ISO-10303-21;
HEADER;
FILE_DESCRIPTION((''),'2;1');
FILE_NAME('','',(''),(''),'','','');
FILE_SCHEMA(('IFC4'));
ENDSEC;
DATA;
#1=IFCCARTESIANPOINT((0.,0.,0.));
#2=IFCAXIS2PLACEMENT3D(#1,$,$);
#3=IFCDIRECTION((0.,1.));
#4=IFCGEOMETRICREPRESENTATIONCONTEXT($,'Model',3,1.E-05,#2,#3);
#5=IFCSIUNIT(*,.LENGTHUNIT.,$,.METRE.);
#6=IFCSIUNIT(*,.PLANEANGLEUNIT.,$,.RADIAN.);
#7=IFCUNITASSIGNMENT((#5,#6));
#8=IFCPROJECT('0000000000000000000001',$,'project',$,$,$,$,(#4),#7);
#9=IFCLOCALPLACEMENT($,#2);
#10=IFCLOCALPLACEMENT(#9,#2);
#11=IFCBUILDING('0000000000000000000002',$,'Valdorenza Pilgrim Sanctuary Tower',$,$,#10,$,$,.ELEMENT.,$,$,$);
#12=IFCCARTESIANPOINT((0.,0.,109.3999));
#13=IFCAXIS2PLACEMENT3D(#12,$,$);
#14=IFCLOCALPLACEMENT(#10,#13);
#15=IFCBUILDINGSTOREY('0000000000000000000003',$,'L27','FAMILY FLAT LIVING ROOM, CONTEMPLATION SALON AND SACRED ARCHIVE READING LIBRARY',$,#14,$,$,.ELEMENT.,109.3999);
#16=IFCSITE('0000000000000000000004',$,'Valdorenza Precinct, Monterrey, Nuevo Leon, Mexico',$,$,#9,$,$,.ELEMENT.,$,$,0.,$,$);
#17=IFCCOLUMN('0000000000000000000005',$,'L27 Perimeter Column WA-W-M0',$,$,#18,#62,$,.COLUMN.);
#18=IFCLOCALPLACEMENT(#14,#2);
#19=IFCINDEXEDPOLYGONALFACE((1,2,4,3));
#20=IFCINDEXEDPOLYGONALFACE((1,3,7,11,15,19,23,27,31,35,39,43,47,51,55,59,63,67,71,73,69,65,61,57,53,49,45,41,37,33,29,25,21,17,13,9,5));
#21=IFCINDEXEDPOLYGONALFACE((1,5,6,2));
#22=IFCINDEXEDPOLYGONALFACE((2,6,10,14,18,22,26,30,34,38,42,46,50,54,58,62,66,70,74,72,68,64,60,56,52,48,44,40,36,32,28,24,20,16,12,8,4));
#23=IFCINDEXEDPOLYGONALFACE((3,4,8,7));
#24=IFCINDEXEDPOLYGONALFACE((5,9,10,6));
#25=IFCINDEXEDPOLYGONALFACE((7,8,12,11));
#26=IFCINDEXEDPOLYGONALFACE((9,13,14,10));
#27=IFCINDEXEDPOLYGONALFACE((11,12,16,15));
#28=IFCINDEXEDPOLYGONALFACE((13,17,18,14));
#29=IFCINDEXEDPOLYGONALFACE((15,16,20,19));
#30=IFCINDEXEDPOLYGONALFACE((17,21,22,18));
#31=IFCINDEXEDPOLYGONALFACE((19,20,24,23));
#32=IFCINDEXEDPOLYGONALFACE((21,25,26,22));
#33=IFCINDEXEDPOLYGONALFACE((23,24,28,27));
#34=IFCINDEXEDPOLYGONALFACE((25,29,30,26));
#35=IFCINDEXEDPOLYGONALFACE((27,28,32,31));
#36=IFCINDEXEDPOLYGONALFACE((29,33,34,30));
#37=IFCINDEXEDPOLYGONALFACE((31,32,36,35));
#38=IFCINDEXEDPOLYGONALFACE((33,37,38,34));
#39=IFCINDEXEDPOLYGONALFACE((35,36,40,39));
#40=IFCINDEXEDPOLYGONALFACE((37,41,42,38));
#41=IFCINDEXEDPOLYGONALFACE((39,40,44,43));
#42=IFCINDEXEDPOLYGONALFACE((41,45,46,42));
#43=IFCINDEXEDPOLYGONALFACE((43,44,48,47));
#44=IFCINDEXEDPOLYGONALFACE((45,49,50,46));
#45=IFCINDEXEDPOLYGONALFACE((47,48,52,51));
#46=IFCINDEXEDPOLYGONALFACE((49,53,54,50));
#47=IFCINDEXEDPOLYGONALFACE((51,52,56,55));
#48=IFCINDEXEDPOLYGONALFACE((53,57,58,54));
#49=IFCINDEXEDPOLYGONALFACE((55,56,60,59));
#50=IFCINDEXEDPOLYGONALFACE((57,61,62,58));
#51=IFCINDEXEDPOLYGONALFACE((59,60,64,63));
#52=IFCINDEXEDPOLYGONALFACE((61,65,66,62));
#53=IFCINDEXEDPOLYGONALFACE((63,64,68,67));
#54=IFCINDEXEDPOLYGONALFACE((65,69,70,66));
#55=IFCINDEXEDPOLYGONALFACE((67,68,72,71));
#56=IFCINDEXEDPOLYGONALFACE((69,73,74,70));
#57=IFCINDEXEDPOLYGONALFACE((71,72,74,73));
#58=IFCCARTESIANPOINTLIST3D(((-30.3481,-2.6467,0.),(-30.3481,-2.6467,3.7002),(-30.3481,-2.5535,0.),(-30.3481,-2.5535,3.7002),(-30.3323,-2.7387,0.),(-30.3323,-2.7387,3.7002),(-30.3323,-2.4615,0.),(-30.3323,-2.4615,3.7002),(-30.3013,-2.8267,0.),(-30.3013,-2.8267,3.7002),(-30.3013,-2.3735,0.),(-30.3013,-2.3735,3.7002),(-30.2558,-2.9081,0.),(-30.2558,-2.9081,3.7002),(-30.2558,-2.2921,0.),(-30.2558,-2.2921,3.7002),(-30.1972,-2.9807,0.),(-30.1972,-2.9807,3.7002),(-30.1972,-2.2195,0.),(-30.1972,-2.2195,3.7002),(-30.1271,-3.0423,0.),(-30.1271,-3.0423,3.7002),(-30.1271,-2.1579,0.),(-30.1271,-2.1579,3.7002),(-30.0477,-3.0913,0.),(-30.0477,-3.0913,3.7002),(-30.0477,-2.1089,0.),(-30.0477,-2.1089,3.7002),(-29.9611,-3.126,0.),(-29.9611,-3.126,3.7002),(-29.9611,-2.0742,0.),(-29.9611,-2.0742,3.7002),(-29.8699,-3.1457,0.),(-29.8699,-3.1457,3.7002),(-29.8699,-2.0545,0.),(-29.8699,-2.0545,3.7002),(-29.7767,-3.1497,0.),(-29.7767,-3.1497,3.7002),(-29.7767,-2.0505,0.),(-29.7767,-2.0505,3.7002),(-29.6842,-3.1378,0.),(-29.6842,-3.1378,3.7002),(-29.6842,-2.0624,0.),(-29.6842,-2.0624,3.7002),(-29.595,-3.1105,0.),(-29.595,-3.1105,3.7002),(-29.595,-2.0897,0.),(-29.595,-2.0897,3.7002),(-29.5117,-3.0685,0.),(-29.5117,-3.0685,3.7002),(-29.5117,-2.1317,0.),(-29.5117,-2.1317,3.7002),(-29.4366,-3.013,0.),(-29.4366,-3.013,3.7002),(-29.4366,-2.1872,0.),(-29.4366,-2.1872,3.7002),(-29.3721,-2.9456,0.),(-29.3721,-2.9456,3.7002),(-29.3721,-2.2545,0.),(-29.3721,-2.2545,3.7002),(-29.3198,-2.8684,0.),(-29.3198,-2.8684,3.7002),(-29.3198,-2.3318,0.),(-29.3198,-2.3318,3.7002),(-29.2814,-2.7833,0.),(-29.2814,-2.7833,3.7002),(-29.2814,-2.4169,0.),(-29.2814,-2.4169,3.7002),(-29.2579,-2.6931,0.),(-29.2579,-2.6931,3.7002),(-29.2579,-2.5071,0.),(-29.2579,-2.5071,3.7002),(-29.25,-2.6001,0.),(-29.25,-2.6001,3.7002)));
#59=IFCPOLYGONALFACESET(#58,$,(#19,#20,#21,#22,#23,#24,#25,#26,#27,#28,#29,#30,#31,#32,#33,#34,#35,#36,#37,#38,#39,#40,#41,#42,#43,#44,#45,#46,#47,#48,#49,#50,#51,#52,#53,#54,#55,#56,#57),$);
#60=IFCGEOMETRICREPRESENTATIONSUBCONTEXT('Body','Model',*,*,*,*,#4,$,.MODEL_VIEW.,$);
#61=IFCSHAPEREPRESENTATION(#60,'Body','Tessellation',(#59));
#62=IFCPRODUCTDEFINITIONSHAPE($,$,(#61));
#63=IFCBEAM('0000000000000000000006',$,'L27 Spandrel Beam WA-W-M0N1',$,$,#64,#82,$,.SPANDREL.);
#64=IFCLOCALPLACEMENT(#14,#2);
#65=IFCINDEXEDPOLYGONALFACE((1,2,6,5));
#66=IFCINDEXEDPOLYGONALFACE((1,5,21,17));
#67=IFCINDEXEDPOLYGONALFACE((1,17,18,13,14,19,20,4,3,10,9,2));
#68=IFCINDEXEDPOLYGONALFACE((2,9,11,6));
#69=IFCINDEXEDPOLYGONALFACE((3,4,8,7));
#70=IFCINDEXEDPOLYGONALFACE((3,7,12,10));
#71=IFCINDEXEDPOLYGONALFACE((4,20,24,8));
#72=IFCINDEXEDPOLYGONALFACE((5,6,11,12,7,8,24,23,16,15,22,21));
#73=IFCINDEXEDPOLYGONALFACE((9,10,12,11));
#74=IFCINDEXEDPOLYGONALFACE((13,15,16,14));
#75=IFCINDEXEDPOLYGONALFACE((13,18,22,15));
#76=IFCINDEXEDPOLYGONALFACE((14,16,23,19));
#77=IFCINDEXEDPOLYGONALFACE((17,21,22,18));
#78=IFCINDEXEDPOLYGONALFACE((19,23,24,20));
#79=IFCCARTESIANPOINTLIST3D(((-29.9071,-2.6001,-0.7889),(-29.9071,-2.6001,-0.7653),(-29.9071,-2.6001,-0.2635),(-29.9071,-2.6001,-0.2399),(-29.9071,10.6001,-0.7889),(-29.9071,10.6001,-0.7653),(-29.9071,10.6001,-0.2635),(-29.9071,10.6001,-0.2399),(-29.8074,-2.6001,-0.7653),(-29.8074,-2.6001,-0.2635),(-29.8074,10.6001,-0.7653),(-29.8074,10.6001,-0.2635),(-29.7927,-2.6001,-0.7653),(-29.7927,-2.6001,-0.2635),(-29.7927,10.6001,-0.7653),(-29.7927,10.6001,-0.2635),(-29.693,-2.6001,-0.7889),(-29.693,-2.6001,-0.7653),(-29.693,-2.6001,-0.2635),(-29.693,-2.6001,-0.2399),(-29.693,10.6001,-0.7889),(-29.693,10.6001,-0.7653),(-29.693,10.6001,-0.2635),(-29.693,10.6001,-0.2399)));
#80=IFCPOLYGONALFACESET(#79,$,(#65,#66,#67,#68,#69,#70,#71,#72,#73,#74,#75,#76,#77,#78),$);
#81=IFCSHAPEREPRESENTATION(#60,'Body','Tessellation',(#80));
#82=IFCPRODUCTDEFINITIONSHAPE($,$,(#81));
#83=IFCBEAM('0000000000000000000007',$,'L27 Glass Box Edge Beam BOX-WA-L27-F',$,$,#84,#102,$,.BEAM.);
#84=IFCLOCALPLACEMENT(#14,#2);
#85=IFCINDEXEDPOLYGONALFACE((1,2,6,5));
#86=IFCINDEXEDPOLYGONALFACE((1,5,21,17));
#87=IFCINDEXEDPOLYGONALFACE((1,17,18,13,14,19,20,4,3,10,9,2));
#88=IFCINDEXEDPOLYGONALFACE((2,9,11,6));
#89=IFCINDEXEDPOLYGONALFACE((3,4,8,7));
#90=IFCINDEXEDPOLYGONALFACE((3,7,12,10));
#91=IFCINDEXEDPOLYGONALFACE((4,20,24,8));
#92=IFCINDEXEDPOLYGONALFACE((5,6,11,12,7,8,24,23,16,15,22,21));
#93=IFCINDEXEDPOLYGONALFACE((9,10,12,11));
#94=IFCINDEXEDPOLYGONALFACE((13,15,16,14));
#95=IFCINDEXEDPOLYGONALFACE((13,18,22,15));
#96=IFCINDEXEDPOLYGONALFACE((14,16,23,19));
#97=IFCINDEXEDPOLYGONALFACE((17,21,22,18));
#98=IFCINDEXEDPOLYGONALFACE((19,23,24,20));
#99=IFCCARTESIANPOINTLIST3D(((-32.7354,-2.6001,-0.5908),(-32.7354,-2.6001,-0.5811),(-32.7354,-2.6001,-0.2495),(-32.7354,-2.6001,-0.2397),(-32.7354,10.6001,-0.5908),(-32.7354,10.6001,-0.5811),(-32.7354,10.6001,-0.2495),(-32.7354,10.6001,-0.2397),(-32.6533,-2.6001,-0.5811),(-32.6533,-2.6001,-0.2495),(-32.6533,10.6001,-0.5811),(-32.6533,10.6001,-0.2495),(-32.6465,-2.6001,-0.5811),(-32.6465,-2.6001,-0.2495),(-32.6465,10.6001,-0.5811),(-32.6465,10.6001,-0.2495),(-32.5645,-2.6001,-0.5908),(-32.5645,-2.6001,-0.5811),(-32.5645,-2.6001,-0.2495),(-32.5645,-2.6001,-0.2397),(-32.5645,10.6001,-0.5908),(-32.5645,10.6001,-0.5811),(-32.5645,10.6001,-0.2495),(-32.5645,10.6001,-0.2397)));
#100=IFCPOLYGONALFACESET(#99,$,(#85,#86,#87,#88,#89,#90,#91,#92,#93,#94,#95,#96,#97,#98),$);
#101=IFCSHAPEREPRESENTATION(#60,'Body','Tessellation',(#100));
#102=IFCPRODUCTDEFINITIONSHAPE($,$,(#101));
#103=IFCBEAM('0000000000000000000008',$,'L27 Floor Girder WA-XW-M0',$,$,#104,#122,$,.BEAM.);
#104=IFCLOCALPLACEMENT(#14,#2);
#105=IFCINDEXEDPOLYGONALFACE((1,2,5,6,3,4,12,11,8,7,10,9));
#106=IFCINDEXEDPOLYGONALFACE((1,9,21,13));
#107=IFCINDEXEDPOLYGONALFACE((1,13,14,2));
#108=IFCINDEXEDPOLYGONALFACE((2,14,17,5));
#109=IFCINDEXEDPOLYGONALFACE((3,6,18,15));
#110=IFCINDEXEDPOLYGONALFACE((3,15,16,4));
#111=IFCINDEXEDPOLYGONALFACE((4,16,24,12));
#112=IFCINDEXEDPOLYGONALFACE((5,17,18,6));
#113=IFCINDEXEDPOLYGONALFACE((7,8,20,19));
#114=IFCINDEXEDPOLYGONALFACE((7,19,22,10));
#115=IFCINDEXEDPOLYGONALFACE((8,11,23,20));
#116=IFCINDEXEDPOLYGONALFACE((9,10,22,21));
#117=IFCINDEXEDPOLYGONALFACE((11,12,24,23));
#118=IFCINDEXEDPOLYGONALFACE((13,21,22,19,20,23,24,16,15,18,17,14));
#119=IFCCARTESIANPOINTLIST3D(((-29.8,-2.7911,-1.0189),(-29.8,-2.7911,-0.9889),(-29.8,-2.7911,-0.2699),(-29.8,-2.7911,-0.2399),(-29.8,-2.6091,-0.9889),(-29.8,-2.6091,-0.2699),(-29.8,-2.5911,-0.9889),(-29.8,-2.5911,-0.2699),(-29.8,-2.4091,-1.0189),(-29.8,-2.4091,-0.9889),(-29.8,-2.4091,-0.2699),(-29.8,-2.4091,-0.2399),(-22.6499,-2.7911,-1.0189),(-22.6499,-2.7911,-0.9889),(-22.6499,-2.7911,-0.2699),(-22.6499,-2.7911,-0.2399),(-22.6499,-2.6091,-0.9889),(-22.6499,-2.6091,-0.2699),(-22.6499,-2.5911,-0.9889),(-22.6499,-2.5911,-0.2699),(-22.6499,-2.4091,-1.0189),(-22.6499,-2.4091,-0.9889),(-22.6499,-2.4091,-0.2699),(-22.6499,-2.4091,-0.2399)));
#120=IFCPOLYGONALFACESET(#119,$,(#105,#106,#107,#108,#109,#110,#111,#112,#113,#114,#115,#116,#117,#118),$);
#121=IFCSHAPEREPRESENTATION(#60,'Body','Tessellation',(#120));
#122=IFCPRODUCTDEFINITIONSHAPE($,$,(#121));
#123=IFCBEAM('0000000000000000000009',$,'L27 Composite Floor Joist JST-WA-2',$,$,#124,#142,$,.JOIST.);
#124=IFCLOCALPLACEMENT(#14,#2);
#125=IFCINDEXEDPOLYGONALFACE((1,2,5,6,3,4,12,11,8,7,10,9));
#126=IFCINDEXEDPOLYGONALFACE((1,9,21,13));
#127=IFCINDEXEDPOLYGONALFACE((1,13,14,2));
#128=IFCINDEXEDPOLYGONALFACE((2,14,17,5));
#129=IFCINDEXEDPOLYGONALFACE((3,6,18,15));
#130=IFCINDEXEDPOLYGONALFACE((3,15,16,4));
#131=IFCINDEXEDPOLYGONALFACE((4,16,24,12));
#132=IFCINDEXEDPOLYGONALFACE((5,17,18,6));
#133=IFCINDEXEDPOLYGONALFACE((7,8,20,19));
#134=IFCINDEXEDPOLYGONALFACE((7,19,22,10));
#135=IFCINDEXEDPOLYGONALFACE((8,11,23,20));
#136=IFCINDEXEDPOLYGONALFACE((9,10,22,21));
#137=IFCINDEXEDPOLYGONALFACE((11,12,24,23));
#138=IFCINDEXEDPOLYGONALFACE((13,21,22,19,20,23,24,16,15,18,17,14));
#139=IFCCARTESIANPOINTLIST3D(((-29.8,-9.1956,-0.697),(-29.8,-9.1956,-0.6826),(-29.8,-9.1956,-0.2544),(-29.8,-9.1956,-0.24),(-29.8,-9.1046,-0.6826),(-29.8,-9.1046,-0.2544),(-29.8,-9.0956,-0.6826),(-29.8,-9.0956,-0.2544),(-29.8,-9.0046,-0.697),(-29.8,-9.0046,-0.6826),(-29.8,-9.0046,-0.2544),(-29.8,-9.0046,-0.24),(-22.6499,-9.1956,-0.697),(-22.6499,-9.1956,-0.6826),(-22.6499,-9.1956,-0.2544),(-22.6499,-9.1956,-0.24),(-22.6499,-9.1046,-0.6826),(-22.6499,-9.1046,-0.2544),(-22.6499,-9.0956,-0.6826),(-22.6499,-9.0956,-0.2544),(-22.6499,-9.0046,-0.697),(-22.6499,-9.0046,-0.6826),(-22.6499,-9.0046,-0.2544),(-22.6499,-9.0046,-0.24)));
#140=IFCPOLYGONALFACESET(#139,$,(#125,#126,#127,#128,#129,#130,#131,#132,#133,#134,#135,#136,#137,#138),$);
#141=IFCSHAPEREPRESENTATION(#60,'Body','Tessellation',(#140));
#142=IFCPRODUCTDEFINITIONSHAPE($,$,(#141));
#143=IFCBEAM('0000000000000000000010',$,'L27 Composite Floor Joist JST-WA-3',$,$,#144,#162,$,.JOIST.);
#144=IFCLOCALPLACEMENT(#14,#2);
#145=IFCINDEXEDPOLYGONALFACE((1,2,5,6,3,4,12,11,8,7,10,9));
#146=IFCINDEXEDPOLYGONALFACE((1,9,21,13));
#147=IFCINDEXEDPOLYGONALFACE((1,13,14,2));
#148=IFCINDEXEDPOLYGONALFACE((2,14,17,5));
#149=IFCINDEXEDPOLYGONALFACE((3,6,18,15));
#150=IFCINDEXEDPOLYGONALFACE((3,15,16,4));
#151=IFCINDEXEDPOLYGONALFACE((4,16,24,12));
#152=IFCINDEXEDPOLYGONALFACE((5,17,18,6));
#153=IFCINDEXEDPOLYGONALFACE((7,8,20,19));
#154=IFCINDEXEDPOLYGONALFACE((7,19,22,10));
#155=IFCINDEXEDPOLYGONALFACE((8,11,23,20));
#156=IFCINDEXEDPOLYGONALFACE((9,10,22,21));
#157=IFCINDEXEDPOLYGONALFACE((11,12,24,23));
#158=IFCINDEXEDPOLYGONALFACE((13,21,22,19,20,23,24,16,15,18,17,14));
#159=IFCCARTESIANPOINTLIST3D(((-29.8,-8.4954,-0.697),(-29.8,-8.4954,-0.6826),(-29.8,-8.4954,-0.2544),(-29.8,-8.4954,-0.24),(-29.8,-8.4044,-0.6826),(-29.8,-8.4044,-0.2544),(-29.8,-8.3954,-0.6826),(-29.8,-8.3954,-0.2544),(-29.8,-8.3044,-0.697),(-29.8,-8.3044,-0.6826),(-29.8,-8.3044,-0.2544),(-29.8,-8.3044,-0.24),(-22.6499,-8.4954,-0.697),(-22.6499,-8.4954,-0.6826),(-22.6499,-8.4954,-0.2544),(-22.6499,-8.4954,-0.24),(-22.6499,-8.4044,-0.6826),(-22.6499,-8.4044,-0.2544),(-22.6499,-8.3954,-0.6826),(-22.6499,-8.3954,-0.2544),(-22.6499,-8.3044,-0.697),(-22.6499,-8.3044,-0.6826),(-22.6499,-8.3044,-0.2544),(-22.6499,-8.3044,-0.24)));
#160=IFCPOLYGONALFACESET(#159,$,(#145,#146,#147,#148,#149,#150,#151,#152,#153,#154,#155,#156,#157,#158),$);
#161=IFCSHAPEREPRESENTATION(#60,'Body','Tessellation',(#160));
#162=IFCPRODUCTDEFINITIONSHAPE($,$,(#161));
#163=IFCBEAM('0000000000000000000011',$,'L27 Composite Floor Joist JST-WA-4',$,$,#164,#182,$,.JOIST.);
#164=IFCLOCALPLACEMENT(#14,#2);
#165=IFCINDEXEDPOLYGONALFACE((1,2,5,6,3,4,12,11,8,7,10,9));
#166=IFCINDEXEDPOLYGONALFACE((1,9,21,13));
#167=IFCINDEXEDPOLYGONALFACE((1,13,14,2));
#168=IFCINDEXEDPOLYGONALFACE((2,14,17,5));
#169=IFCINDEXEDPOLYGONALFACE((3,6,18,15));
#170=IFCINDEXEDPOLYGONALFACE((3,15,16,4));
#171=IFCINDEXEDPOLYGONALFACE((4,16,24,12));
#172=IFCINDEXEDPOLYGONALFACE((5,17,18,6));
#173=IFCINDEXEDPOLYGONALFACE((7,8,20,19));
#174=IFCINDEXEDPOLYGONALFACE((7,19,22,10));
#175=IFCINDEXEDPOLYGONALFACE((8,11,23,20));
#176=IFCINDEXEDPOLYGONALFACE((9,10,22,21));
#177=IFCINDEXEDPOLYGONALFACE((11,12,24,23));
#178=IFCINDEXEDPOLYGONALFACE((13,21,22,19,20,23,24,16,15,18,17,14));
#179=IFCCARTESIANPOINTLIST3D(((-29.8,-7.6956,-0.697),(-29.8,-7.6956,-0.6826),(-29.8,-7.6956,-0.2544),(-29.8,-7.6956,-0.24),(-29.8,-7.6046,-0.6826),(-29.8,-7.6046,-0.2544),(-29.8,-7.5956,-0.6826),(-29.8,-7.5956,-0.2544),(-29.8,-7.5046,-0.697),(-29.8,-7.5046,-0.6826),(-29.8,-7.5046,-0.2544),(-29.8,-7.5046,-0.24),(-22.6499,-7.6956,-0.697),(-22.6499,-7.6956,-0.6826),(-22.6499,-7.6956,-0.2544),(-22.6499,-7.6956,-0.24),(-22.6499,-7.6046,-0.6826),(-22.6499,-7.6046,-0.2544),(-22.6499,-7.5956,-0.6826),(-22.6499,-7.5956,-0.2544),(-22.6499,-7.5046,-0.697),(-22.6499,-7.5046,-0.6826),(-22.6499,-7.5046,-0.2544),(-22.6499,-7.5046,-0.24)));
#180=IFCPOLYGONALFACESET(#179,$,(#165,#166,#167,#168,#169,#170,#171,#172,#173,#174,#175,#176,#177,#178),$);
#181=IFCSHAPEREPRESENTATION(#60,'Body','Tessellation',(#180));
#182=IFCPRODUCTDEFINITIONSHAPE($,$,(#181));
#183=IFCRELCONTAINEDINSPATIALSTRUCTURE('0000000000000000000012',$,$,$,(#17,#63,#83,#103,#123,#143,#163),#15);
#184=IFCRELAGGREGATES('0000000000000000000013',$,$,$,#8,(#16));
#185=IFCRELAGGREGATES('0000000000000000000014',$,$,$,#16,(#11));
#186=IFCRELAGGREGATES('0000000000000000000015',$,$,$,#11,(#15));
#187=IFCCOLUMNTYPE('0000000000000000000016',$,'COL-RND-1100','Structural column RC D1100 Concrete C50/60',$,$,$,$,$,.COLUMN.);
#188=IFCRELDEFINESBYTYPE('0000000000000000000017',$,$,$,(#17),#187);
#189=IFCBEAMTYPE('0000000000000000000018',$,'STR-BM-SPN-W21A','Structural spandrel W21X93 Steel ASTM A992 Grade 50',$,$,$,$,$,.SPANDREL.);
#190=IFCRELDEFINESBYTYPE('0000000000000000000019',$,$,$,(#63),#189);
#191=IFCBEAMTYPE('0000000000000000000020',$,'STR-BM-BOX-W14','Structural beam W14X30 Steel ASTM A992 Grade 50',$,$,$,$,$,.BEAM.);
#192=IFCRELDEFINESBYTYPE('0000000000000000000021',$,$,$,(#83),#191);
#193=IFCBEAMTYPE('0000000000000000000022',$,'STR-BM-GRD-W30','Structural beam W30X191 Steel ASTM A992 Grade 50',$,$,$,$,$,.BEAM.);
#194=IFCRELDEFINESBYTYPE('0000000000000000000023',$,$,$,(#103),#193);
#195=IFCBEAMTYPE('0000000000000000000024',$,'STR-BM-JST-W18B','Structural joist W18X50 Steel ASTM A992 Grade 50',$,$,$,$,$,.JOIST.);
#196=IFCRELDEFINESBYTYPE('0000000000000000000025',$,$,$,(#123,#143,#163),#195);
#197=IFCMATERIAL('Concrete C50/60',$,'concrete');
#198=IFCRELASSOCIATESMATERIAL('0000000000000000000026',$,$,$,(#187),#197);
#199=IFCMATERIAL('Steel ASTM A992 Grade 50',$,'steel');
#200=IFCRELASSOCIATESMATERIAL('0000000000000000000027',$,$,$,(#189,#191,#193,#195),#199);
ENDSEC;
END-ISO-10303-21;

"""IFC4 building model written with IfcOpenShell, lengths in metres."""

from ifc_helpers import new_model, si_unit, direction, frame, origin, origin_2d, place, context, subcontext, project, spatial, circle, i_section, extrude, source, transform, mapped, material, material_profile, profile_set, type_object, element, save


model = new_model("IFC4")

# Units and contexts
model_context = context("Model", 3, precision=1e-05, world=origin(), true_north=direction((0.0, 1.0)))
body_context = subcontext(model_context, "Body", "Model", "MODEL_VIEW")
ifc_project = project(units=[si_unit("LENGTHUNIT", "METRE"), si_unit("PLANEANGLEUNIT", "RADIAN")], contexts=[model_context])

# Site, building, storey
site_placement = place(None, origin())
site = spatial("IfcSite", under=ifc_project, at=site_placement, Name="Valdorenza Precinct, Monterrey, Nuevo Leon, Mexico", CompositionType="ELEMENT", RefElevation=0.0)
building_placement = place(site_placement, origin())
building = spatial("IfcBuilding", under=site, at=building_placement, Name="Valdorenza Pilgrim Sanctuary Tower", CompositionType="ELEMENT")
storey_placement = place(building_placement, frame((0.0, 0.0, 109.3999)))
storey = spatial("IfcBuildingStorey", under=building, at=storey_placement, Name="L27", Description="FAMILY FLAT LIVING ROOM, CONTEMPLATION SALON AND SACRED ARCHIVE READING LIBRARY", CompositionType="ELEMENT", Elevation=109.3999)

# Column
ifc_material_1 = material(Name="Concrete C50/60", Category="concrete")
ifc_material_profile_1 = material_profile(ifc_material_1, circle(Radius=0.55, at=origin_2d()), Name="RC D1100")
ifc_profile_set_1 = profile_set([ifc_material_profile_1], Name="Concrete C50/60")
column_type = type_object("IfcColumnType", Name="COL-RND-1100", Description="Structural column RC D1100 Concrete C50/60", PredefinedType="COLUMN", material=ifc_profile_set_1)
shared_shape_1 = source(origin(), body_context, "Body", "SweptSolid", [
    extrude(circle(Radius=0.55, at=origin_2d()), origin(), (0.0, 0.0, 1.0), 3.7002),
])
column_placement = place(storey_placement, frame((-29.8, -2.6001, 0.0), z_axis=(0.0, 0.0, 1.0), x_axis=(1.0, 0.0, 0.0)))
element("IfcColumn", 1, at=column_placement, inside=storey, type_object=column_type, Name="L27 Perimeter Column WA-W-M0", PredefinedType="COLUMN", context=body_context, shape_type="MappedRepresentation", body=[
    mapped(shared_shape_1, transform((0.0, 0.0, 0.0), x_axis=(1.0, 0.0, 0.0), y_axis=(0.0, 1.0, 0.0), z_axis=(0.0, 0.0, 1.0), scale=1.0)),
])

# Beams
ifc_material_2 = material(Name="Steel ASTM A992 Grade 50", Category="steel")
ifc_material_profile_2 = material_profile(ifc_material_2, i_section(OverallWidth=0.2141, OverallDepth=0.5491, WebThickness=0.0146, FlangeThickness=0.0237, at=origin_2d()), Name="W21X93")
ifc_profile_set_2 = profile_set([ifc_material_profile_2], Name="Steel ASTM A992 Grade 50")
beam_type_1 = type_object("IfcBeamType", Name="STR-BM-SPN-W21A", Description="Structural spandrel W21X93 Steel ASTM A992 Grade 50", PredefinedType="SPANDREL", material=ifc_profile_set_2)
shared_shape_2 = source(origin(), body_context, "Body", "SweptSolid", [
    extrude(i_section(OverallWidth=0.2141, OverallDepth=0.5491, WebThickness=0.0146, FlangeThickness=0.0237, at=origin_2d()), origin(), (0.0, 0.0, 1.0), 13.2002),
])
beam_1_placement = place(storey_placement, frame((-29.8, -2.6001, -0.5144), z_axis=(0.0, 1.0, 0.0), x_axis=(-1.0, 0.0, 0.0)))
element("IfcBeam", 2, at=beam_1_placement, inside=storey, type_object=beam_type_1, Name="L27 Spandrel Beam WA-W-M0N1", PredefinedType="SPANDREL", context=body_context, shape_type="MappedRepresentation", body=[
    mapped(shared_shape_2, transform((0.0, 0.0, 0.0), x_axis=(1.0, 0.0, 0.0), y_axis=(0.0, 1.0, 0.0), z_axis=(0.0, 0.0, 1.0), scale=1.0)),
])
ifc_material_profile_3 = material_profile(ifc_material_2, i_section(OverallWidth=0.1709, OverallDepth=0.3511, WebThickness=0.0068, FlangeThickness=0.0098, at=origin_2d()), Name="W14X30")
ifc_profile_set_3 = profile_set([ifc_material_profile_3], Name="Steel ASTM A992 Grade 50")
beam_type_2 = type_object("IfcBeamType", Name="STR-BM-BOX-W14", Description="Structural beam W14X30 Steel ASTM A992 Grade 50", PredefinedType="BEAM", material=ifc_profile_set_3)
shared_shape_3 = source(origin(), body_context, "Body", "SweptSolid", [
    extrude(i_section(OverallWidth=0.1709, OverallDepth=0.3511, WebThickness=0.0068, FlangeThickness=0.0098, at=origin_2d()), origin(), (0.0, 0.0, 1.0), 13.2002),
])
beam_2_placement = place(storey_placement, frame((-32.6499, -2.6001, -0.4153), z_axis=(0.0, 1.0, 0.0), x_axis=(-1.0, 0.0, 0.0)))
element("IfcBeam", 3, at=beam_2_placement, inside=storey, type_object=beam_type_2, Name="L27 Glass Box Edge Beam BOX-WA-L27-F", PredefinedType="BEAM", context=body_context, shape_type="MappedRepresentation", body=[
    mapped(shared_shape_3, transform((0.0, 0.0, 0.0), x_axis=(1.0, 0.0, 0.0), y_axis=(0.0, 1.0, 0.0), z_axis=(0.0, 0.0, 1.0), scale=1.0)),
])
ifc_material_profile_4 = material_profile(ifc_material_2, i_section(OverallWidth=0.3821, OverallDepth=0.7791, WebThickness=0.0181, FlangeThickness=0.03, at=origin_2d()), Name="W30X191")
ifc_profile_set_4 = profile_set([ifc_material_profile_4], Name="Steel ASTM A992 Grade 50")
beam_type_3 = type_object("IfcBeamType", Name="STR-BM-GRD-W30", Description="Structural beam W30X191 Steel ASTM A992 Grade 50", PredefinedType="BEAM", material=ifc_profile_set_4)
shared_shape_4 = source(origin(), body_context, "Body", "SweptSolid", [
    extrude(i_section(OverallWidth=0.3821, OverallDepth=0.7791, WebThickness=0.0181, FlangeThickness=0.03, at=origin_2d()), origin(), (0.0, 0.0, 1.0), 7.1501),
])
beam_3_placement = place(storey_placement, frame((-29.8, -2.6001, -0.6294), z_axis=(1.0, 0.0, 0.0), x_axis=(0.0, 1.0, 0.0)))
element("IfcBeam", 4, at=beam_3_placement, inside=storey, type_object=beam_type_3, Name="L27 Floor Girder WA-XW-M0", PredefinedType="BEAM", context=body_context, shape_type="MappedRepresentation", body=[
    mapped(shared_shape_4, transform((0.0, 0.0, 0.0), x_axis=(1.0, 0.0, 0.0), y_axis=(0.0, 1.0, 0.0), z_axis=(0.0, 0.0, 1.0), scale=1.0)),
])
ifc_material_profile_5 = material_profile(ifc_material_2, i_section(OverallWidth=0.1909, OverallDepth=0.457, WebThickness=0.009, FlangeThickness=0.0144, at=origin_2d()), Name="W18X50")
ifc_profile_set_5 = profile_set([ifc_material_profile_5], Name="Steel ASTM A992 Grade 50")
beam_type_4 = type_object("IfcBeamType", Name="STR-BM-JST-W18B", Description="Structural joist W18X50 Steel ASTM A992 Grade 50", PredefinedType="JOIST", material=ifc_profile_set_5)
shared_shape_5 = source(origin(), body_context, "Body", "SweptSolid", [
    extrude(i_section(OverallWidth=0.1909, OverallDepth=0.457, WebThickness=0.009, FlangeThickness=0.0144, at=origin_2d()), origin(), (0.0, 0.0, 1.0), 7.1501),
])
for number, where, z_axis, x_axis, name in (
    (5, (-29.8, -9.1001, -0.4685), (1.0, 0.0, 0.0), (0.0, 1.0, 0.0), "L27 Composite Floor Joist JST-WA-2"),
    (6, (-29.8, -8.3999, -0.4685), (1.0, 0.0, 0.0), (0.0, 1.0, 0.0), "L27 Composite Floor Joist JST-WA-3"),
    (7, (-29.8, -7.6001, -0.4685), (1.0, 0.0, 0.0), (0.0, 1.0, 0.0), "L27 Composite Floor Joist JST-WA-4"),
):
    element("IfcBeam", number, at=place(storey_placement, frame(where, z_axis=z_axis, x_axis=x_axis)), inside=storey, type_object=beam_type_4, Name=name, PredefinedType="JOIST", context=body_context, shape_type="MappedRepresentation", body=[
        mapped(shared_shape_5, transform((0.0, 0.0, 0.0), x_axis=(1.0, 0.0, 0.0), y_axis=(0.0, 1.0, 0.0), z_axis=(0.0, 0.0, 1.0), scale=1.0)),
    ])

save(model, "model.ifc")
